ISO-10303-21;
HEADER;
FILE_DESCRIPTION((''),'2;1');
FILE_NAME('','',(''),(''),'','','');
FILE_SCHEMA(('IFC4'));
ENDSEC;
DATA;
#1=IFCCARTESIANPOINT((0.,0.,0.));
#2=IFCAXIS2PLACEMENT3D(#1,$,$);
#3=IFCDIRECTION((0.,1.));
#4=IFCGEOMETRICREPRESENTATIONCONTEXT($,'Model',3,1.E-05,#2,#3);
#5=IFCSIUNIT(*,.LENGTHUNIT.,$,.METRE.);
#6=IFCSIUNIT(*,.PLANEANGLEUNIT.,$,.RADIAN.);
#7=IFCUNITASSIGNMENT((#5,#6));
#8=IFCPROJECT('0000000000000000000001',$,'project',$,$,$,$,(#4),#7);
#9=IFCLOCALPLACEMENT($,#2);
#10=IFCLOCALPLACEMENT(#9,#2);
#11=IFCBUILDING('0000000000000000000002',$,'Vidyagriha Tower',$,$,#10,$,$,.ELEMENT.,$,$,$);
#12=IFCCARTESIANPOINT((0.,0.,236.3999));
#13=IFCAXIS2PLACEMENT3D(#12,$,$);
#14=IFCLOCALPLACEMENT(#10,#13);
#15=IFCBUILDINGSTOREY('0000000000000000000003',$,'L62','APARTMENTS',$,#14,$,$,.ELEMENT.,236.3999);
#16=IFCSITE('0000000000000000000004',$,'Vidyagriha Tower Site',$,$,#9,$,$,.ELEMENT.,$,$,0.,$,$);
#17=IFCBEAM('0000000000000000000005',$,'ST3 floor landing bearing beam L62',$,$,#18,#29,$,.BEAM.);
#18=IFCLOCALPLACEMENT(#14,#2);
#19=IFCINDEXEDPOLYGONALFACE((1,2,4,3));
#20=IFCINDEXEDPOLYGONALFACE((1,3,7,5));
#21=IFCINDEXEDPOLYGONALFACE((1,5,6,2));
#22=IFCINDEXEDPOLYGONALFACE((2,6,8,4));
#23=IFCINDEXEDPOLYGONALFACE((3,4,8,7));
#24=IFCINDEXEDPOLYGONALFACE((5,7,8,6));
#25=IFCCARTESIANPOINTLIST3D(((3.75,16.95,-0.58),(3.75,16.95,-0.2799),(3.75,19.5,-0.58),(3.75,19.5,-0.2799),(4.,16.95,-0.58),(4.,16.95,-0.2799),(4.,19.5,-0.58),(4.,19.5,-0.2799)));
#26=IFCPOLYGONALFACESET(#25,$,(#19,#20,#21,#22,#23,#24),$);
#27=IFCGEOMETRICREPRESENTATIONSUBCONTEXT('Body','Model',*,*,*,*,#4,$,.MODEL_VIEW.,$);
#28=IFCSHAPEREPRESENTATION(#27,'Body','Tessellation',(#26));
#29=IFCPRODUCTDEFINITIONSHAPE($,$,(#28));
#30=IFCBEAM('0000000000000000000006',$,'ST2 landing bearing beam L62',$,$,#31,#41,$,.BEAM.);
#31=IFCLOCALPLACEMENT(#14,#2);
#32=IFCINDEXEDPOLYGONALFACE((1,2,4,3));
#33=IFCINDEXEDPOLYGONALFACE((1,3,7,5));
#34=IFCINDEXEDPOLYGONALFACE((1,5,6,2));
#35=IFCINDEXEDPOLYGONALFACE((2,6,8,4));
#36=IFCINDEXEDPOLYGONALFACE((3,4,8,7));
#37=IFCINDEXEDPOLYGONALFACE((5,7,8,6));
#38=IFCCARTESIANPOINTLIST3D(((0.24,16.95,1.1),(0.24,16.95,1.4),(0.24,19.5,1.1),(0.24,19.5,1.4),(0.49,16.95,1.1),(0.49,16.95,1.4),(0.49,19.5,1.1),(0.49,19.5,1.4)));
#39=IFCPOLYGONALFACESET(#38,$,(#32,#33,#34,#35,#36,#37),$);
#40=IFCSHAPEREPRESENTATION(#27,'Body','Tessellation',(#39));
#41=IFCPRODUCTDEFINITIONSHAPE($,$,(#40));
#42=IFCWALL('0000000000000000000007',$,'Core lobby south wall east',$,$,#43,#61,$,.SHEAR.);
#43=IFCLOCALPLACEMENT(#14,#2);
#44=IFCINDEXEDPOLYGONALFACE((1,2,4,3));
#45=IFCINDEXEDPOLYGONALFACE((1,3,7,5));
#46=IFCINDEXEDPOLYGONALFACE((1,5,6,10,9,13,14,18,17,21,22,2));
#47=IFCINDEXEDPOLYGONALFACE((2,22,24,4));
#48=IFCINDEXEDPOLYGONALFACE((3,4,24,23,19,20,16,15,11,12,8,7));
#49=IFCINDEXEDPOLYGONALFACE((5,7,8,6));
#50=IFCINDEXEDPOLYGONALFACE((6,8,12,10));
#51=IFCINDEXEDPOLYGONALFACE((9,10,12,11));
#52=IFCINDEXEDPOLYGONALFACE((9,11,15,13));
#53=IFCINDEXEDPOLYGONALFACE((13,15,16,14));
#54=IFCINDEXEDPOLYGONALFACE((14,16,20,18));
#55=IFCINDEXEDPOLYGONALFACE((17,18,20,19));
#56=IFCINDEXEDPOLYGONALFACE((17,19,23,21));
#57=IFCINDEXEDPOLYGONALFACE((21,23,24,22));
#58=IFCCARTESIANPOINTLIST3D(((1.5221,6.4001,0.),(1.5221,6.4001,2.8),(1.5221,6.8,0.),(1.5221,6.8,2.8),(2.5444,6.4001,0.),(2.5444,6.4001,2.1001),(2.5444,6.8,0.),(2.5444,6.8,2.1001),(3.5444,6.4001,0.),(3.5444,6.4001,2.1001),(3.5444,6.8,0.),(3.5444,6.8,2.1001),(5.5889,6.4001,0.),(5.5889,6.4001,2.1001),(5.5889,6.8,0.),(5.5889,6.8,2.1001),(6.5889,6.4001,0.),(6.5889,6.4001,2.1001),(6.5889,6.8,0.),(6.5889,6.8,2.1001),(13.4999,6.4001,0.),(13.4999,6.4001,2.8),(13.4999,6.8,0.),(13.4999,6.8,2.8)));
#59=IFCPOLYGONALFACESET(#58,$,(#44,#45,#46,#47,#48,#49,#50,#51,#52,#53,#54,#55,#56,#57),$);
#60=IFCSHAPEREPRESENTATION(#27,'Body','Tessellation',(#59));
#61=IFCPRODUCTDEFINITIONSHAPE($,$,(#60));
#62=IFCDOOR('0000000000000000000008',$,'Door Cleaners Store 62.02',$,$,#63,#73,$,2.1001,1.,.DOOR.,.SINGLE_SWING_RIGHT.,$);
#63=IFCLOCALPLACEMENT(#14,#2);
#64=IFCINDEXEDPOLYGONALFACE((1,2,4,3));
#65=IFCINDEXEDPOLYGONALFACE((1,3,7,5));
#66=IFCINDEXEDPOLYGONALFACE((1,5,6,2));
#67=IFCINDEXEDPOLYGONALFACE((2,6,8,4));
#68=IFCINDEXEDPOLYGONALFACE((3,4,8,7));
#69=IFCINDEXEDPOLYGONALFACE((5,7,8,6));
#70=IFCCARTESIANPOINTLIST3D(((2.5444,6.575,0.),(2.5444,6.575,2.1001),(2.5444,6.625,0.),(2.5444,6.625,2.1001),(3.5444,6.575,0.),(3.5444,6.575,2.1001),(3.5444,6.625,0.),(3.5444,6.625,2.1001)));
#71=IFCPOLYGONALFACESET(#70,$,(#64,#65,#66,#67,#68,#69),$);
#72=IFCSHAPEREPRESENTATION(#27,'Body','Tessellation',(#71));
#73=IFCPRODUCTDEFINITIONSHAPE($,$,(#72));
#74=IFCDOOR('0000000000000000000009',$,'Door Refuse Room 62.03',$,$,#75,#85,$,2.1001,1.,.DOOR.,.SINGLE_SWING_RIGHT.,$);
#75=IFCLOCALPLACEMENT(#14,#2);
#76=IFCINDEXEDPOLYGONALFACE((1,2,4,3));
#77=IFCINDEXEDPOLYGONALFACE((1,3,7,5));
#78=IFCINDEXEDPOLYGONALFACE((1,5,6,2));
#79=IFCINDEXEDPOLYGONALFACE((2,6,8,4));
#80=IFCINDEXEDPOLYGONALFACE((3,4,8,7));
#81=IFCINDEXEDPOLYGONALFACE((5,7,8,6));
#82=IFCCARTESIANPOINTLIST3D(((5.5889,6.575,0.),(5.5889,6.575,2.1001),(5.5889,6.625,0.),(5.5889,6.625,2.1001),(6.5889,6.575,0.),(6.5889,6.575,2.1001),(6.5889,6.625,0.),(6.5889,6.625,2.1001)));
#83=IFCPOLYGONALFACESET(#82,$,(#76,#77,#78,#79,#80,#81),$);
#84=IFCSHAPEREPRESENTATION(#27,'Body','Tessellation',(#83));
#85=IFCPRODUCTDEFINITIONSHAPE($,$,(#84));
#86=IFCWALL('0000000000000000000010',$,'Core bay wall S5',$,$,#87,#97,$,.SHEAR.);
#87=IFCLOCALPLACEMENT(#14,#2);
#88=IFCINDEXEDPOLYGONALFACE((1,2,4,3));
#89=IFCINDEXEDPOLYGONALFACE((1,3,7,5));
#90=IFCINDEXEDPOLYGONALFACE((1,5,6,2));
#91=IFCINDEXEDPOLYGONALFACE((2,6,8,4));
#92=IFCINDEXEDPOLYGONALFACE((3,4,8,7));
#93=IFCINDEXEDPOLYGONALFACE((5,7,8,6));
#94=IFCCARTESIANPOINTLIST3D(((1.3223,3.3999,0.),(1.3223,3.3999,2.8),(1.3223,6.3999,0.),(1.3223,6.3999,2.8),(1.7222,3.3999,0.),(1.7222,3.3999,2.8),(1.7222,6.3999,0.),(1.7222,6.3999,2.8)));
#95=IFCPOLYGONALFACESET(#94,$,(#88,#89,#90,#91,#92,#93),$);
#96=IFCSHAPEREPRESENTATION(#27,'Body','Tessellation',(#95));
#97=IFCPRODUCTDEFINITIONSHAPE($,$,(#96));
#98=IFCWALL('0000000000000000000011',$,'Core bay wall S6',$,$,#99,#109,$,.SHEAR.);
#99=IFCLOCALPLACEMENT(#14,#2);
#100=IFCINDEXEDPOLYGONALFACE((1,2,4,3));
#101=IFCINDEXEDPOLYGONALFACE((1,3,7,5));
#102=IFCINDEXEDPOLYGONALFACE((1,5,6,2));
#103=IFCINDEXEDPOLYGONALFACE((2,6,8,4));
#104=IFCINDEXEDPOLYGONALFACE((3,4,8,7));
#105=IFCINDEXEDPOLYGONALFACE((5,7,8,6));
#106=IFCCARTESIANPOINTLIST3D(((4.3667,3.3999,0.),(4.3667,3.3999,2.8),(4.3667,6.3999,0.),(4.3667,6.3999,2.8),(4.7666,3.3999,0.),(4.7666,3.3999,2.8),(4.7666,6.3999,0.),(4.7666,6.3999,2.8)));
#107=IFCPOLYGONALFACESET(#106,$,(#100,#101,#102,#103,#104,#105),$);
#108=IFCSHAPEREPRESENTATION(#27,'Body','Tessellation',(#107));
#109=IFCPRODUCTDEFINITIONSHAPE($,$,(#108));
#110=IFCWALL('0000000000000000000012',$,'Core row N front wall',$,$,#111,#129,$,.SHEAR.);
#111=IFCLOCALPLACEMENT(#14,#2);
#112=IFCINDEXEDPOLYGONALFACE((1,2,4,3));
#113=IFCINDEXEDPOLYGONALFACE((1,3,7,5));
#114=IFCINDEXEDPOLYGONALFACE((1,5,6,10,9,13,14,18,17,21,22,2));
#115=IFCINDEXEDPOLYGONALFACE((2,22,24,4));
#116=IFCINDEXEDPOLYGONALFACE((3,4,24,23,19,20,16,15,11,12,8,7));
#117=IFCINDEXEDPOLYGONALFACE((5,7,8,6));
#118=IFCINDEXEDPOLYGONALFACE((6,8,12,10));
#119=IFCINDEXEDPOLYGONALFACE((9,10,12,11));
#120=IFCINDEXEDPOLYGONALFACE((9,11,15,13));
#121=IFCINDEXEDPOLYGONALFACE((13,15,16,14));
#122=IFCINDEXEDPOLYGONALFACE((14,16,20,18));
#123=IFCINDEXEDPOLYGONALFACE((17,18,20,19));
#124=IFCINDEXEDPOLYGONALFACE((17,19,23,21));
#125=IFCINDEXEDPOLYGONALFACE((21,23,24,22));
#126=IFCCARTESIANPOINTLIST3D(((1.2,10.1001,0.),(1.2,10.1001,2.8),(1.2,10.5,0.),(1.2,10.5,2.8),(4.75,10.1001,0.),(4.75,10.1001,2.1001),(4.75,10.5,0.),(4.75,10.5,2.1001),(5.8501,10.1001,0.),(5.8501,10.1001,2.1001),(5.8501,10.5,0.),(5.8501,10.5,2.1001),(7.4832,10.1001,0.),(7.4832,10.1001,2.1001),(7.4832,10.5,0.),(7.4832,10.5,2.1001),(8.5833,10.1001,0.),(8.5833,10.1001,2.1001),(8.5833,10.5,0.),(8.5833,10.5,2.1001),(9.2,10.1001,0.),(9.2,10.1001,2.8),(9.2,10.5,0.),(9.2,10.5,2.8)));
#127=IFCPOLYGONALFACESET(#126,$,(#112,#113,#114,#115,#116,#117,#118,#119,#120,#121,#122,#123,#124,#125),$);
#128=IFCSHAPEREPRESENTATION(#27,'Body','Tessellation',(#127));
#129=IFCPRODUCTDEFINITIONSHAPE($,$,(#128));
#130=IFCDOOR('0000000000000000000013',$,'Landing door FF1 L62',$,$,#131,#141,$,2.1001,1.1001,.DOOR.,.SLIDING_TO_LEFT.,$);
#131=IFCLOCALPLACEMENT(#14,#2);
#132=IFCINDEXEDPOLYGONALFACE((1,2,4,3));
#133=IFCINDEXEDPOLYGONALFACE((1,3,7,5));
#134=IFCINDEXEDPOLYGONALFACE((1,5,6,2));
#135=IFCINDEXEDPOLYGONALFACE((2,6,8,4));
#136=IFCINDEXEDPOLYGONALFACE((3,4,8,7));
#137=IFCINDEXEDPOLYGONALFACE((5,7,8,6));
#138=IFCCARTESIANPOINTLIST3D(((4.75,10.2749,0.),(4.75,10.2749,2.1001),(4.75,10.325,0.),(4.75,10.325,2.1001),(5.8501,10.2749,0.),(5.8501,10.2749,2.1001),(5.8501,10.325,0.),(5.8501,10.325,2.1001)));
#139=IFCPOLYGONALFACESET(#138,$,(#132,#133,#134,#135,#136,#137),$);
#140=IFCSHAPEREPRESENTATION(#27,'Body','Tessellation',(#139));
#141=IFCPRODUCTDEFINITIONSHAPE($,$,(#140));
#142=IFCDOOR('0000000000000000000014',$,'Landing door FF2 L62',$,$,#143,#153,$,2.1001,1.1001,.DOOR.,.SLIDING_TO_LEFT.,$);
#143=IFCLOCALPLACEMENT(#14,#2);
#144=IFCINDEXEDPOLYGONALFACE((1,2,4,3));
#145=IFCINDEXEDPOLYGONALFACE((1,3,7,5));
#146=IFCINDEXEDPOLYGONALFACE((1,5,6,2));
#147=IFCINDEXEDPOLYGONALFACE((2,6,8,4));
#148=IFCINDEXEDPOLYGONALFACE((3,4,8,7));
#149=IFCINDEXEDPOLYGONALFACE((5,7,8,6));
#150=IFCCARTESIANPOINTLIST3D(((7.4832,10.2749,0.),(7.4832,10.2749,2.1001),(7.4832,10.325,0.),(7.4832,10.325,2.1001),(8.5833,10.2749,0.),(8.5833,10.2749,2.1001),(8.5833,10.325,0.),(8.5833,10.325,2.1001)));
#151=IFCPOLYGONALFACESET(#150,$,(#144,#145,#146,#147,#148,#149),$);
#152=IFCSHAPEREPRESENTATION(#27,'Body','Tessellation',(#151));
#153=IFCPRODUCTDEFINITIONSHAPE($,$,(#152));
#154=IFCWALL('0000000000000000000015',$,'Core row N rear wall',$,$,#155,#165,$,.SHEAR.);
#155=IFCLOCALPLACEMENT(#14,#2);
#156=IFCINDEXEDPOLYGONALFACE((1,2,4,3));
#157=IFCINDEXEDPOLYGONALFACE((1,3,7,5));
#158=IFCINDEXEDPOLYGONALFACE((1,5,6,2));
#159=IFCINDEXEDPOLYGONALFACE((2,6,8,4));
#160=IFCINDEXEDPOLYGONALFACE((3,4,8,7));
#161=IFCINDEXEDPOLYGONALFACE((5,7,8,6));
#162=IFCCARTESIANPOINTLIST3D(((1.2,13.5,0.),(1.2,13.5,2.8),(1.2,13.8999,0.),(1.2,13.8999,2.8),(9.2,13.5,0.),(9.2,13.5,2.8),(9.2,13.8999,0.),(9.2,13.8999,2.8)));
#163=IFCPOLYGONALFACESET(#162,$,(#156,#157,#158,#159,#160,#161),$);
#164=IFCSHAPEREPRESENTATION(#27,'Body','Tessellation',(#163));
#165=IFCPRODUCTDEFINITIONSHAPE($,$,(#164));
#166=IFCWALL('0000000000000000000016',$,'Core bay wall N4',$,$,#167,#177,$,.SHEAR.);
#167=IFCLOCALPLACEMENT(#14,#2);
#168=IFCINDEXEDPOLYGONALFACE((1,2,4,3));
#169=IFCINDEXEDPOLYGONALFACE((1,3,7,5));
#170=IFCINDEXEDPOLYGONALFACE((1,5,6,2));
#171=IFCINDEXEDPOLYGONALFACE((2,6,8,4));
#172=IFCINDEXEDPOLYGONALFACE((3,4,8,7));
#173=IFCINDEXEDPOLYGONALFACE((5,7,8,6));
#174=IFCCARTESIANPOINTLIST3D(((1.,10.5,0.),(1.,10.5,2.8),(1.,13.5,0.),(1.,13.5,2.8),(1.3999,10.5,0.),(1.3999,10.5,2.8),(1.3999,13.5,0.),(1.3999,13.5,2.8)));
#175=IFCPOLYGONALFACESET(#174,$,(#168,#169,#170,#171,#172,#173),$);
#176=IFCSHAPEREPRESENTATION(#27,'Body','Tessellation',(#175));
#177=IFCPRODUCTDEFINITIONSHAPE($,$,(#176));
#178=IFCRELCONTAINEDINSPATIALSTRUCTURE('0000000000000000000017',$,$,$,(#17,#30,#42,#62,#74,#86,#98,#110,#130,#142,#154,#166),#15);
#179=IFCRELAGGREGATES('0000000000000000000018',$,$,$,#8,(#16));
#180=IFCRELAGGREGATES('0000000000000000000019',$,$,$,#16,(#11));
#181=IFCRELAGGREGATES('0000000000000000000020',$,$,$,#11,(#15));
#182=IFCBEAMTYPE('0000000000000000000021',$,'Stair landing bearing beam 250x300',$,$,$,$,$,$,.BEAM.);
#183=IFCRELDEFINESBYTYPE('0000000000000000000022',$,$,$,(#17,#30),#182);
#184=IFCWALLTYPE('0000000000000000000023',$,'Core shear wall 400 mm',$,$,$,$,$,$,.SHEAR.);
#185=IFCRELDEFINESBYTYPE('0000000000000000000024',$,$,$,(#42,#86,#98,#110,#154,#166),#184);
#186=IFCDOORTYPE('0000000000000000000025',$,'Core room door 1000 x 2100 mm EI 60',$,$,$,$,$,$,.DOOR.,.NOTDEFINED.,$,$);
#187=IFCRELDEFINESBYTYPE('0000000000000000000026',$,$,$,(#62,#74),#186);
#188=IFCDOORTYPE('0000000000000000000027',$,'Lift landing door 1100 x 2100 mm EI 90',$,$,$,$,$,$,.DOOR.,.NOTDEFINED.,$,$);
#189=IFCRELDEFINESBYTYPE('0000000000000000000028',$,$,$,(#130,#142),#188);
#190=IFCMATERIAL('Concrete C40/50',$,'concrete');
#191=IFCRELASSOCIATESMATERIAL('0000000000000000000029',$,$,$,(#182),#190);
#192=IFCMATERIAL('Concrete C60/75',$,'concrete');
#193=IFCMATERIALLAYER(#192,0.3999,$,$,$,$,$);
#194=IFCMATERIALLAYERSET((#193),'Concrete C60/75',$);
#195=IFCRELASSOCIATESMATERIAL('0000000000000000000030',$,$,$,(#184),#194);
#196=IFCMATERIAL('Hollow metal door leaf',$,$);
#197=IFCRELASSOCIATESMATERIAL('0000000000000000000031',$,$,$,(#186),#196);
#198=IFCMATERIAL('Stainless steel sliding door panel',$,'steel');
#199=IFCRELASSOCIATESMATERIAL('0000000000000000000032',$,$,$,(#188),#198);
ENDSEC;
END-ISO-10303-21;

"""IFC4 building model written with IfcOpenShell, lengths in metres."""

from ifc_helpers import new_model, si_unit, direction, frame, frame_2d, origin, origin_2d, place, context, subcontext, project, spatial, rectangle, extrude, material, layer, layer_set, material_profile, profile_set, type_object, element, fill, save


model = new_model("IFC4")

# Units and contexts
model_context = context("Model", 3, precision=1e-05, world=origin(), true_north=direction((0.0, 1.0)))
body_context = subcontext(model_context, "Body", "Model", "MODEL_VIEW")
ifc_project = project(units=[si_unit("LENGTHUNIT", "METRE"), si_unit("PLANEANGLEUNIT", "RADIAN")], contexts=[model_context])

# Site, building, storey
site_placement = place(None, origin())
site = spatial("IfcSite", under=ifc_project, at=site_placement, Name="Vidyagriha Tower Site", CompositionType="ELEMENT", RefElevation=0.0)
building_placement = place(site_placement, origin())
building = spatial("IfcBuilding", under=site, at=building_placement, Name="Vidyagriha Tower", CompositionType="ELEMENT")
storey_placement = place(building_placement, frame((0.0, 0.0, 236.3999)))
storey = spatial("IfcBuildingStorey", under=building, at=storey_placement, Name="L62", Description="APARTMENTS", CompositionType="ELEMENT", Elevation=236.3999)

# Beams
ifc_material_1 = material(Name="Concrete C40/50", Category="concrete")
ifc_material_profile = material_profile(ifc_material_1, rectangle(XDim=0.25, YDim=0.3, at=origin_2d()), Name="Stair landing bearing beam 250x300")
ifc_profile_set = profile_set([ifc_material_profile], Name="Concrete C40/50")
beam_type = type_object("IfcBeamType", Name="Stair landing bearing beam 250x300", PredefinedType="BEAM", material=ifc_profile_set)
for number, where, z_axis, x_axis, name in (
    (1, (3.875, 16.95, -0.4299), (0.0, 1.0, 0.0), (-1.0, 0.0, 0.0), "ST3 floor landing bearing beam L62"),
    (2, (0.365, 16.95, 1.25), (0.0, 1.0, 0.0), (-1.0, 0.0, 0.0), "ST2 landing bearing beam L62"),
):
    element("IfcBeam", number, at=place(storey_placement, frame(where, z_axis=z_axis, x_axis=x_axis)), inside=storey, type_object=beam_type, Name=name, PredefinedType="BEAM", context=body_context, shape_type="SweptSolid", body=[
        extrude(rectangle(XDim=0.25, YDim=0.3, at=origin_2d()), origin(), (0.0, 0.0, 1.0), 2.55),
    ])

# Wall, openings, doors
ifc_material_2 = material(Name="Concrete C60/75", Category="concrete")
ifc_layer_1 = layer(ifc_material_2, 0.3999)
ifc_layer_set_1 = layer_set([ifc_layer_1], Name="Concrete C60/75")
wall_type_1 = type_object("IfcWallType", Name="Core shear wall 400 mm", PredefinedType="SHEAR", material=ifc_layer_set_1)
wall_1_placement = place(storey_placement, frame((1.5222, 6.6001, 0.0)))
wall_1 = element("IfcWall", 3, at=wall_1_placement, inside=storey, type_object=wall_type_1, Name="Core lobby south wall east", PredefinedType="SHEAR", context=body_context, shape_type="SweptSolid", body=[
    extrude(rectangle(XDim=11.9778, YDim=0.3999, at=frame_2d((5.9888, 0.0))), origin(), (0.0, 0.0, 1.0), 2.8),
])
opening_1_placement = place(wall_1_placement, frame((1.0222, 0.0, 0.0)))
opening_1 = element("IfcOpeningElement", 4, at=opening_1_placement, cuts=wall_1, PredefinedType="OPENING", context=body_context, shape_type="SweptSolid", body=[
    extrude(rectangle(XDim=1.0, YDim=2.1001, at=frame_2d((0.5, 1.05))), frame((0.0, 0.21, 0.0), z_axis=(0.0, -1.0, 0.0), x_axis=(1.0, 0.0, 0.0)), (0.0, 0.0, 1.0), 0.4199),
])
opening_2_placement = place(wall_1_placement, frame((4.0667, 0.0, 0.0)))
opening_2 = element("IfcOpeningElement", 5, at=opening_2_placement, cuts=wall_1, PredefinedType="OPENING", context=body_context, shape_type="SweptSolid", body=[
    extrude(rectangle(XDim=1.0, YDim=2.1001, at=frame_2d((0.5, 1.05))), frame((0.0, 0.21, 0.0), z_axis=(0.0, -1.0, 0.0), x_axis=(1.0, 0.0, 0.0)), (0.0, 0.0, 1.0), 0.4199),
])
ifc_material_3 = material(Name="Hollow metal door leaf")
door_type_1 = type_object("IfcDoorType", Name="Core room door 1000 x 2100 mm EI 60", OperationType="NOTDEFINED", PredefinedType="DOOR", material=ifc_material_3)
door_1_placement = place(opening_1_placement, origin())
door_1 = element("IfcDoor", 6, at=door_1_placement, inside=storey, type_object=door_type_1, Name="Door Cleaners Store 62.02", OperationType="SINGLE_SWING_RIGHT", OverallHeight=2.1001, OverallWidth=1.0, PredefinedType="DOOR", context=body_context, shape_type="SweptSolid", body=[
    extrude(rectangle(XDim=1.0, YDim=2.1001, at=frame_2d((0.5, 1.05))), frame((0.0, 0.0249, 0.0), z_axis=(0.0, -1.0, 0.0), x_axis=(1.0, 0.0, 0.0)), (0.0, 0.0, 1.0), 0.05),
])
fill(opening_1, door_1)
door_2_placement = place(opening_2_placement, origin())
door_2 = element("IfcDoor", 7, at=door_2_placement, inside=storey, type_object=door_type_1, Name="Door Refuse Room 62.03", OperationType="SINGLE_SWING_RIGHT", OverallHeight=2.1001, OverallWidth=1.0, PredefinedType="DOOR", context=body_context, shape_type="SweptSolid", body=[
    extrude(rectangle(XDim=1.0, YDim=2.1001, at=frame_2d((0.5, 1.05))), frame((0.0, 0.0249, 0.0), z_axis=(0.0, -1.0, 0.0), x_axis=(1.0, 0.0, 0.0)), (0.0, 0.0, 1.0), 0.05),
])
fill(opening_2, door_2)

# Walls
for number, where, z_axis, x_axis, name in (
    (8, (1.5222, 3.3999, 0.0), (0.0, 0.0, 1.0), (0.0, 1.0, 0.0), "Core bay wall S5"),
    (9, (4.5667, 3.3999, 0.0), (0.0, 0.0, 1.0), (0.0, 1.0, 0.0), "Core bay wall S6"),
):
    element("IfcWall", number, at=place(storey_placement, frame(where, z_axis=z_axis, x_axis=x_axis)), inside=storey, type_object=wall_type_1, Name=name, PredefinedType="SHEAR", context=body_context, shape_type="SweptSolid", body=[
        extrude(rectangle(XDim=3.0, YDim=0.3999, at=frame_2d((1.5, 0.0))), origin(), (0.0, 0.0, 1.0), 2.8),
    ])

# Wall, openings, doors
wall_2_placement = place(storey_placement, frame((1.2, 10.3, 0.0)))
wall_2 = element("IfcWall", 10, at=wall_2_placement, inside=storey, type_object=wall_type_1, Name="Core row N front wall", PredefinedType="SHEAR", context=body_context, shape_type="SweptSolid", body=[
    extrude(rectangle(XDim=8.0, YDim=0.3999, at=frame_2d((4.0, 0.0))), origin(), (0.0, 0.0, 1.0), 2.8),
])
opening_3_placement = place(wall_2_placement, frame((3.55, 0.0, 0.0)))
opening_3 = element("IfcOpeningElement", 11, at=opening_3_placement, cuts=wall_2, PredefinedType="OPENING", context=body_context, shape_type="SweptSolid", body=[
    extrude(rectangle(XDim=1.1001, YDim=2.1001, at=frame_2d((0.55, 1.05))), frame((0.0, 0.21, 0.0), z_axis=(0.0, -1.0, 0.0), x_axis=(1.0, 0.0, 0.0)), (0.0, 0.0, 1.0), 0.4199),
])
opening_4_placement = place(wall_2_placement, frame((6.2832, 0.0, 0.0)))
opening_4 = element("IfcOpeningElement", 12, at=opening_4_placement, cuts=wall_2, PredefinedType="OPENING", context=body_context, shape_type="SweptSolid", body=[
    extrude(rectangle(XDim=1.1001, YDim=2.1001, at=frame_2d((0.55, 1.05))), frame((0.0, 0.21, 0.0), z_axis=(0.0, -1.0, 0.0), x_axis=(1.0, 0.0, 0.0)), (0.0, 0.0, 1.0), 0.4199),
])
ifc_material_4 = material(Name="Stainless steel sliding door panel", Category="steel")
door_type_2 = type_object("IfcDoorType", Name="Lift landing door 1100 x 2100 mm EI 90", OperationType="NOTDEFINED", PredefinedType="DOOR", material=ifc_material_4)
door_3_placement = place(opening_3_placement, origin())
door_3 = element("IfcDoor", 13, at=door_3_placement, inside=storey, type_object=door_type_2, Name="Landing door FF1 L62", OperationType="SLIDING_TO_LEFT", OverallHeight=2.1001, OverallWidth=1.1001, PredefinedType="DOOR", context=body_context, shape_type="SweptSolid", body=[
    extrude(rectangle(XDim=1.1001, YDim=2.1001, at=frame_2d((0.55, 1.05))), frame((0.0, 0.0249, 0.0), z_axis=(0.0, -1.0, 0.0), x_axis=(1.0, 0.0, 0.0)), (0.0, 0.0, 1.0), 0.05),
])
fill(opening_3, door_3)
door_4_placement = place(opening_4_placement, origin())
door_4 = element("IfcDoor", 14, at=door_4_placement, inside=storey, type_object=door_type_2, Name="Landing door FF2 L62", OperationType="SLIDING_TO_LEFT", OverallHeight=2.1001, OverallWidth=1.1001, PredefinedType="DOOR", context=body_context, shape_type="SweptSolid", body=[
    extrude(rectangle(XDim=1.1001, YDim=2.1001, at=frame_2d((0.55, 1.05))), frame((0.0, 0.0249, 0.0), z_axis=(0.0, -1.0, 0.0), x_axis=(1.0, 0.0, 0.0)), (0.0, 0.0, 1.0), 0.05),
])
fill(opening_4, door_4)

# Walls
wall_3_placement = place(storey_placement, frame((1.2, 13.7, 0.0)))
element("IfcWall", 15, at=wall_3_placement, inside=storey, type_object=wall_type_1, Name="Core row N rear wall", PredefinedType="SHEAR", context=body_context, shape_type="SweptSolid", body=[
    extrude(rectangle(XDim=8.0, YDim=0.3999, at=frame_2d((4.0, 0.0))), origin(), (0.0, 0.0, 1.0), 2.8),
])
for number, where, z_axis, x_axis, name in (
    (16, (1.2, 10.5, 0.0), (0.0, 0.0, 1.0), (0.0, 1.0, 0.0), "Core bay wall N4"),
):
    element("IfcWall", number, at=place(storey_placement, frame(where, z_axis=z_axis, x_axis=x_axis)), inside=storey, type_object=wall_type_1, Name=name, PredefinedType="SHEAR", context=body_context, shape_type="SweptSolid", body=[
        extrude(rectangle(XDim=3.0, YDim=0.3999, at=frame_2d((1.5, 0.0))), origin(), (0.0, 0.0, 1.0), 2.8),
    ])

save(model, "model.ifc")
